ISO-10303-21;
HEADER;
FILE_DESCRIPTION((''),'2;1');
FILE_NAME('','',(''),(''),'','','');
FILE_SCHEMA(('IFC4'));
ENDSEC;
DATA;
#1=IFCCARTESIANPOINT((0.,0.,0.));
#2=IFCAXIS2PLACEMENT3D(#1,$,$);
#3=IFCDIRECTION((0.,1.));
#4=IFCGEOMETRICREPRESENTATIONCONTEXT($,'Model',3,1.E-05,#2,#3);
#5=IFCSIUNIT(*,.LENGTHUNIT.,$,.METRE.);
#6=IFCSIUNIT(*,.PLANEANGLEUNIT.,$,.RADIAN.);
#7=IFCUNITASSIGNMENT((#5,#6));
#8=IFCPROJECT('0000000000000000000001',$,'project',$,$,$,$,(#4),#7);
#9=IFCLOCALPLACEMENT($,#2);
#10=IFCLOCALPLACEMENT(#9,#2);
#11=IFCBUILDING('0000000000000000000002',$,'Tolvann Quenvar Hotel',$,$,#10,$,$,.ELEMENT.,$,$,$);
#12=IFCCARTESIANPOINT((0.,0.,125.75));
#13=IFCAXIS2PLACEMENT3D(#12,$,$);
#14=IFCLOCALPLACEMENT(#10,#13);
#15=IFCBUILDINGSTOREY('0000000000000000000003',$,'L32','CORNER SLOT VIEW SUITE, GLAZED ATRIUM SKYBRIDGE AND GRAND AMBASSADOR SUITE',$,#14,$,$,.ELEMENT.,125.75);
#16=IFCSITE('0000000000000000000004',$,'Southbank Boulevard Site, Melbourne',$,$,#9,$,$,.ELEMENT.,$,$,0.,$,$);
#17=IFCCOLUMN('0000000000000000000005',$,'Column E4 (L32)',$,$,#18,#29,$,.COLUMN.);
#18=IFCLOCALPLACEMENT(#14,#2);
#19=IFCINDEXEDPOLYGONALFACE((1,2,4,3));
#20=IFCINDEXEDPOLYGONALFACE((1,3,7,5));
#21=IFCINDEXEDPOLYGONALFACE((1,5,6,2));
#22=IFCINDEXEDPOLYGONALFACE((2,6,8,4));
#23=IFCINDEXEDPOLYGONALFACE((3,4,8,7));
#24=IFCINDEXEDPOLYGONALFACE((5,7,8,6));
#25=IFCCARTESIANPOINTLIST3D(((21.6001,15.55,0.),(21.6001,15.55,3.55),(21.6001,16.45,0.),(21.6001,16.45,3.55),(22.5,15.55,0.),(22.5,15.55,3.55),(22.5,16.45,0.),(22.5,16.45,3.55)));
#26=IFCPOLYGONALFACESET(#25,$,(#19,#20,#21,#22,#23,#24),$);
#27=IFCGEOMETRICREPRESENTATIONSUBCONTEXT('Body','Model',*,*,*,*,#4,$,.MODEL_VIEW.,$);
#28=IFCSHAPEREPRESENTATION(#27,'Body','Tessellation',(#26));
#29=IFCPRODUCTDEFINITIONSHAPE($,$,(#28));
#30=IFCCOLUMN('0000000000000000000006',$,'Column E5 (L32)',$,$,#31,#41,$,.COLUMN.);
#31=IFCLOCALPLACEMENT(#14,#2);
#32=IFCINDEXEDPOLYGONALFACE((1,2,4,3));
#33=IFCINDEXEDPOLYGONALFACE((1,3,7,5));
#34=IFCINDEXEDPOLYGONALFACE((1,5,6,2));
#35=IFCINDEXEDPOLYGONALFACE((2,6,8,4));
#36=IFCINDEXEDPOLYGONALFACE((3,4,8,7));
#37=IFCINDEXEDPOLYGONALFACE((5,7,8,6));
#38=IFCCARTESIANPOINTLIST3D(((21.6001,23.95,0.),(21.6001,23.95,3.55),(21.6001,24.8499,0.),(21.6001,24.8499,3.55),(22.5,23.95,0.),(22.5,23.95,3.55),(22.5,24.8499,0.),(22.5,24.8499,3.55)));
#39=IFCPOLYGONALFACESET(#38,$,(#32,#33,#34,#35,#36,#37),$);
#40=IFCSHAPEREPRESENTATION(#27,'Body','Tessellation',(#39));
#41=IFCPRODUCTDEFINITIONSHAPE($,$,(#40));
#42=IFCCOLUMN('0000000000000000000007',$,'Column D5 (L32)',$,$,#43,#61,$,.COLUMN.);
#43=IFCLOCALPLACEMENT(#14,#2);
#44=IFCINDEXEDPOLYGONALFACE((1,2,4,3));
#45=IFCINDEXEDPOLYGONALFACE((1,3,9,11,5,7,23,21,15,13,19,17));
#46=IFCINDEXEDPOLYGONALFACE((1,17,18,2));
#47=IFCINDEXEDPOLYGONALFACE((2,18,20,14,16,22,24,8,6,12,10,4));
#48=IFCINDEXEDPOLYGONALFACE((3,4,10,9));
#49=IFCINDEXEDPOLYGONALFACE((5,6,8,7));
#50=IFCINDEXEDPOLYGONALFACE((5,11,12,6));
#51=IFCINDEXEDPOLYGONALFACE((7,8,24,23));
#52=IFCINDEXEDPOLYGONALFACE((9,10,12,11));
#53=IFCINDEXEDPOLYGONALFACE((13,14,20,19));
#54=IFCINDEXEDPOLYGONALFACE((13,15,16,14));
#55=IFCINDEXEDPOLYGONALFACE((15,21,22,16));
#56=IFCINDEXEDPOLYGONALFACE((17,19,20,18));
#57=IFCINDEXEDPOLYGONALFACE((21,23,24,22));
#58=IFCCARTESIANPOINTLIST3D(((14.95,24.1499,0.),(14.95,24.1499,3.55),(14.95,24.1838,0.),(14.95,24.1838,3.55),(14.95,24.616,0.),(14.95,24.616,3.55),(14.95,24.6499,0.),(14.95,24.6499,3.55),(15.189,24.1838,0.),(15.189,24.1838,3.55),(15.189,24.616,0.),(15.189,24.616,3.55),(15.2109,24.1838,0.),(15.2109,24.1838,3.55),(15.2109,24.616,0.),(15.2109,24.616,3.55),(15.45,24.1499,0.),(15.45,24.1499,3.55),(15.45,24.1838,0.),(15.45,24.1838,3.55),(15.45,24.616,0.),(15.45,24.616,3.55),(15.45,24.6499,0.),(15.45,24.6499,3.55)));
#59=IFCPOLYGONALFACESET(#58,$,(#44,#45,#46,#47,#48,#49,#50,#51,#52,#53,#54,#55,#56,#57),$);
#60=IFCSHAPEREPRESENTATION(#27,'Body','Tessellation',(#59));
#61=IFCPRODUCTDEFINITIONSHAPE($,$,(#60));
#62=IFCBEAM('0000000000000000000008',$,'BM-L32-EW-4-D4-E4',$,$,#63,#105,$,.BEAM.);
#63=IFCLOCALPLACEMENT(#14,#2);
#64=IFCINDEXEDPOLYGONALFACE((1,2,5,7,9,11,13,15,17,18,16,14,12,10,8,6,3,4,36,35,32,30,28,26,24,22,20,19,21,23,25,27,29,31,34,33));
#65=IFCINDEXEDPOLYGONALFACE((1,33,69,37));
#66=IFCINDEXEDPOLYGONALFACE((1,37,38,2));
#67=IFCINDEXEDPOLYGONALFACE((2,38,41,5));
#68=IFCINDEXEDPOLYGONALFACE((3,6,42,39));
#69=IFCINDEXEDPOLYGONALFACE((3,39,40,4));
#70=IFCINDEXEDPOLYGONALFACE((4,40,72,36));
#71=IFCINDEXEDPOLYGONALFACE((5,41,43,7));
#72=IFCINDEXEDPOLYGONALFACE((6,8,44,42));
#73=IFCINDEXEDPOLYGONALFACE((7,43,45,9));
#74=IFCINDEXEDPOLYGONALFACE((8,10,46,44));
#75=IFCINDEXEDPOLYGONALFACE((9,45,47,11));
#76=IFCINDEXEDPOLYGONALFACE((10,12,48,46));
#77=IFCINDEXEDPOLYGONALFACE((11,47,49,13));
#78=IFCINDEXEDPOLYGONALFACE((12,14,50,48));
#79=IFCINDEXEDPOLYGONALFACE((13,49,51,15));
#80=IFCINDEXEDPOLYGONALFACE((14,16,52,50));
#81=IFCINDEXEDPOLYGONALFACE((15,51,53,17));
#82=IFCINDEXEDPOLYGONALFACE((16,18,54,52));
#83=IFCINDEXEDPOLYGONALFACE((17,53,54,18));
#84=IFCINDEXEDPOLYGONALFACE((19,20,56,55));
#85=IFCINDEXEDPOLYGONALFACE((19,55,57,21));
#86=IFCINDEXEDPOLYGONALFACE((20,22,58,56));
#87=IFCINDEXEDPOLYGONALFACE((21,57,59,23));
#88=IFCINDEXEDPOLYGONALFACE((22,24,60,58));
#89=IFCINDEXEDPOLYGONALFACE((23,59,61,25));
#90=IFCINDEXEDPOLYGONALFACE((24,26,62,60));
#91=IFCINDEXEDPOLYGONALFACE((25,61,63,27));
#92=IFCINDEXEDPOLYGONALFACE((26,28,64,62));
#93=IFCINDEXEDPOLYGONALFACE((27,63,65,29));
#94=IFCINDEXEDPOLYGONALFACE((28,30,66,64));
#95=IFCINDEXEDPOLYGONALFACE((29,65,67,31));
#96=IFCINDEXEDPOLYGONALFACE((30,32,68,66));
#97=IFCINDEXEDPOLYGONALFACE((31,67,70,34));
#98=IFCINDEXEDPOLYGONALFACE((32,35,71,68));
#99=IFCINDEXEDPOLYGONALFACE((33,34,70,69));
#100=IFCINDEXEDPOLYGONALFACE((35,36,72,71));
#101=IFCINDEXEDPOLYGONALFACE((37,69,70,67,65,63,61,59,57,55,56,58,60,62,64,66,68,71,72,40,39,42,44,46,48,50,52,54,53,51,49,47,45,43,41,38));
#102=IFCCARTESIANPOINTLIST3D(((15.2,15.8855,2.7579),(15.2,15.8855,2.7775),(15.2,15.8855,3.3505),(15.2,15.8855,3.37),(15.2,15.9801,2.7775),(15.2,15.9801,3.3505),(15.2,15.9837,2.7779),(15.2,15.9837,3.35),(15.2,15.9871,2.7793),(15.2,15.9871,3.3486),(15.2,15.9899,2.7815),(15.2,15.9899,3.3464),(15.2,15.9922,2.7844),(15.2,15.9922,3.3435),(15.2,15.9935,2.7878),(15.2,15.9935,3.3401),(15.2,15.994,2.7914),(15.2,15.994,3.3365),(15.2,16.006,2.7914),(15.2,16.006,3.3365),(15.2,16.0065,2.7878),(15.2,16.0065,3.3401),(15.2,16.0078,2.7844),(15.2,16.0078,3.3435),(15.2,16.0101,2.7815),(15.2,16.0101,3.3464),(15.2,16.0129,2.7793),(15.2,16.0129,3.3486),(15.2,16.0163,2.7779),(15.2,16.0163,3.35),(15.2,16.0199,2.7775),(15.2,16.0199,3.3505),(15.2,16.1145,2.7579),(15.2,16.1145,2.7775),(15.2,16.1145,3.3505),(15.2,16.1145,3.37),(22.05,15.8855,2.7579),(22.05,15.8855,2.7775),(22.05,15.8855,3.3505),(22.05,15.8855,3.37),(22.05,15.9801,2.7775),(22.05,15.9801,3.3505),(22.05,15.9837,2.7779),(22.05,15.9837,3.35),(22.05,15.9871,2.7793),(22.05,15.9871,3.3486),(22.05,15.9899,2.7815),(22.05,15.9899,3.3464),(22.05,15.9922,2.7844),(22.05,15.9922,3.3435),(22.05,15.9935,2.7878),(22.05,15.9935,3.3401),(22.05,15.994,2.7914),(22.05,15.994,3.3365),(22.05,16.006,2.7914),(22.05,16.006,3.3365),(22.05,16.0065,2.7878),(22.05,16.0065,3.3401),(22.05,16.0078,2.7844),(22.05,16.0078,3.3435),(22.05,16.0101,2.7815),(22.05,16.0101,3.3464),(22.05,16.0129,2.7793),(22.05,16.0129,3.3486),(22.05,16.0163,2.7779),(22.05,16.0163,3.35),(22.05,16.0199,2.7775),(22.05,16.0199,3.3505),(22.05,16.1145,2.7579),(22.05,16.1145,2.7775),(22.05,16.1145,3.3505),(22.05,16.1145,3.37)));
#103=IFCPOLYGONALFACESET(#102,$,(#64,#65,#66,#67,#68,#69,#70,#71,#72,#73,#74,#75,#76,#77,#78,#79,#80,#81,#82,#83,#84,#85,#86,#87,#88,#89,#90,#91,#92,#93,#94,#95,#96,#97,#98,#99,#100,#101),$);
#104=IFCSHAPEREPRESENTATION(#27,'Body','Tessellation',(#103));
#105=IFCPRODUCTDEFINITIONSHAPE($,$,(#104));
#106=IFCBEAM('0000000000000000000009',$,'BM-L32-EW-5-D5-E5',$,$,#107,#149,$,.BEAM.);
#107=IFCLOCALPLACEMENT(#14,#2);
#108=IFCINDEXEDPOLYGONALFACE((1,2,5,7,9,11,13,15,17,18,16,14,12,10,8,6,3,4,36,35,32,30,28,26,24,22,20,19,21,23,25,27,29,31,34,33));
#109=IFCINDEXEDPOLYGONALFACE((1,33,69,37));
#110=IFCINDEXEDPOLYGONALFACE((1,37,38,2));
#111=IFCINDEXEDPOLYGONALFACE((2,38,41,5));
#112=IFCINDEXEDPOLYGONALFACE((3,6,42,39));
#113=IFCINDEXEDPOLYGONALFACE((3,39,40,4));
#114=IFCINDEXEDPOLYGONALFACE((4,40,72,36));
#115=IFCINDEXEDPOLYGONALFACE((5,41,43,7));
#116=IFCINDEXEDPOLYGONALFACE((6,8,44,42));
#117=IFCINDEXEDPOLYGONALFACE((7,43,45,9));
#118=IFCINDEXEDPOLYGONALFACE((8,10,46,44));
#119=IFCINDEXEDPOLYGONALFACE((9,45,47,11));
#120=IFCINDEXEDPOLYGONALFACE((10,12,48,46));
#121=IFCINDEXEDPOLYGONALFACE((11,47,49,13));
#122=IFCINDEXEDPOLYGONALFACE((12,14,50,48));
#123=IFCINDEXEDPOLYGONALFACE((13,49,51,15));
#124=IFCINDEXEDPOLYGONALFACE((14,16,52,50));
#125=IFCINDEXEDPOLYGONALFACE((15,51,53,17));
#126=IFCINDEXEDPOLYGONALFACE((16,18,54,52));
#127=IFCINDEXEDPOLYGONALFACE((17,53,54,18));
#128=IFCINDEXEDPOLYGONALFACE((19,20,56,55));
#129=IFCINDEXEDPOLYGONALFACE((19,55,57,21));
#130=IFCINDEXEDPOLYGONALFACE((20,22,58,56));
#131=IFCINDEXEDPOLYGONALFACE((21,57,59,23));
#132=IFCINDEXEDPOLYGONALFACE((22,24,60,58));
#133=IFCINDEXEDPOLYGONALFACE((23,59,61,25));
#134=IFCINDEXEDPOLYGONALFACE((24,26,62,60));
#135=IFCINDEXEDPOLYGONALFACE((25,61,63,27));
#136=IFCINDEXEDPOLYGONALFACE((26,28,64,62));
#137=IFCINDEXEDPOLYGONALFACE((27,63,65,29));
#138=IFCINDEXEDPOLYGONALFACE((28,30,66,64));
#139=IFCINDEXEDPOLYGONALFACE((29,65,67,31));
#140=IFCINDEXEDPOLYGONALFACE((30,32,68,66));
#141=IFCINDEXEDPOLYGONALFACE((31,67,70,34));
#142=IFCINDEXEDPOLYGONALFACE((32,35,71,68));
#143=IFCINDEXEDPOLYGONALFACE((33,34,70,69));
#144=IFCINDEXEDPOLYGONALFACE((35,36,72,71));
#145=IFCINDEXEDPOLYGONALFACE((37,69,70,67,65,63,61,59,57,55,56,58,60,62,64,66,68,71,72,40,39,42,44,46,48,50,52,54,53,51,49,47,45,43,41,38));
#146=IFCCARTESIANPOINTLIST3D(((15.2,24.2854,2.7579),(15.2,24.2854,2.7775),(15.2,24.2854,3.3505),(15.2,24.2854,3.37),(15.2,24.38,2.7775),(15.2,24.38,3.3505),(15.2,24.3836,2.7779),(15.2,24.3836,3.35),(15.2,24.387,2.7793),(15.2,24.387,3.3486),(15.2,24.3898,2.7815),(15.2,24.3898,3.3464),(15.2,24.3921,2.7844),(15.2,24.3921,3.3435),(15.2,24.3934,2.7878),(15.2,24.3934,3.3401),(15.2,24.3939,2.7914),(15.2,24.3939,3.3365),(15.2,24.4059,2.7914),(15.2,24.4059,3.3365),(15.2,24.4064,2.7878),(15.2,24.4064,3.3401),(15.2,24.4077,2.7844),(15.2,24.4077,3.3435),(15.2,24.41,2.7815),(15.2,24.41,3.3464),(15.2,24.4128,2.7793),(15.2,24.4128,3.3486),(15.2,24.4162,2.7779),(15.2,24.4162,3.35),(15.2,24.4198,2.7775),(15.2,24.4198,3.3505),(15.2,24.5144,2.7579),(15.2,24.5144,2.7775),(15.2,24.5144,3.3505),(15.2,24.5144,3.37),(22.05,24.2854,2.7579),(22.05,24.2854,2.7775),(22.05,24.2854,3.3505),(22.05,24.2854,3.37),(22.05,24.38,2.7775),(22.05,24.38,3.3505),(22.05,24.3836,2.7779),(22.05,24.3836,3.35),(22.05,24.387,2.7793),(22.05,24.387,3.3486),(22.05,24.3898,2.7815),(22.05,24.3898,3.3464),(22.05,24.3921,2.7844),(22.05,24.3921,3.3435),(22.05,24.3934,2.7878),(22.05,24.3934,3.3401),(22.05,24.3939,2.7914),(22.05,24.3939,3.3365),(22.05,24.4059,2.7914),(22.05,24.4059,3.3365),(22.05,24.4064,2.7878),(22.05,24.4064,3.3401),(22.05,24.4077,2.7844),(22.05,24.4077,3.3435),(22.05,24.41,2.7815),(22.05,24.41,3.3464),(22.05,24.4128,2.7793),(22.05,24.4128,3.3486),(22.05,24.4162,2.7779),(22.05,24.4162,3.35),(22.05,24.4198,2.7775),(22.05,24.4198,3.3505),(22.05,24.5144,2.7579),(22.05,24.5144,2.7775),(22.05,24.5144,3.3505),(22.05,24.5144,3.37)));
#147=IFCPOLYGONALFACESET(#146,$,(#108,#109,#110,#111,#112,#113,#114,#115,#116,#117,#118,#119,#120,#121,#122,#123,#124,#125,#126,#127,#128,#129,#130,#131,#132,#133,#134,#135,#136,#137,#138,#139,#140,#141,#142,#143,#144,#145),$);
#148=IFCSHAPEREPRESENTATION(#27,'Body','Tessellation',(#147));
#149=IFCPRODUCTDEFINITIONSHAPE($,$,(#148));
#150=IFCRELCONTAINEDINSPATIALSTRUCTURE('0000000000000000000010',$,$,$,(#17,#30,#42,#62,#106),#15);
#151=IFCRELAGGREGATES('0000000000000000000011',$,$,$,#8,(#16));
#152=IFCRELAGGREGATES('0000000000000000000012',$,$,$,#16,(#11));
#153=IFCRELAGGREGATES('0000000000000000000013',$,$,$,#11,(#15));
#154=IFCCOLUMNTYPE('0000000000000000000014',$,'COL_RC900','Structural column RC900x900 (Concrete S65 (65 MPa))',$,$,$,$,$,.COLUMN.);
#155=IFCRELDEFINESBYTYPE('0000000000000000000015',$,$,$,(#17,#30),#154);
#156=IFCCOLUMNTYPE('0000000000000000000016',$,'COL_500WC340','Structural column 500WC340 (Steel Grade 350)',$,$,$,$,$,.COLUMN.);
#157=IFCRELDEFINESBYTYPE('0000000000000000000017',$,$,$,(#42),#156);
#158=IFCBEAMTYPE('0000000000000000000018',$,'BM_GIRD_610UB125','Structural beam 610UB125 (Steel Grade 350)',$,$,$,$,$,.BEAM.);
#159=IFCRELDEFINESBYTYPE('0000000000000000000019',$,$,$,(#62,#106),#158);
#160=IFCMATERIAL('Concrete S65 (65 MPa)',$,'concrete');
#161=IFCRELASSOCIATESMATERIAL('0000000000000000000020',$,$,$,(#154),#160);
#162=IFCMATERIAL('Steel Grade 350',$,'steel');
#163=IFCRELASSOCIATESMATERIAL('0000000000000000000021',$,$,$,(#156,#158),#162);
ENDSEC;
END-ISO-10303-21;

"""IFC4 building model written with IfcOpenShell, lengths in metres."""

from ifc_helpers import new_model, si_unit, direction, frame, origin, origin_2d, place, context, subcontext, project, spatial, rectangle, i_section, extrude, source, transform, mapped, material, material_profile, profile_set, type_object, type_shapes, element, save


model = new_model("IFC4")

# Units and contexts
model_context = context("Model", 3, precision=1e-05, world=origin(), true_north=direction((0.0, 1.0)))
body_context = subcontext(model_context, "Body", "Model", "MODEL_VIEW")
ifc_project = project(units=[si_unit("LENGTHUNIT", "METRE"), si_unit("PLANEANGLEUNIT", "RADIAN")], contexts=[model_context])

# Site, building, storey
site_placement = place(None, origin())
site = spatial("IfcSite", under=ifc_project, at=site_placement, Name="Southbank Boulevard Site, Melbourne", CompositionType="ELEMENT", RefElevation=0.0)
building_placement = place(site_placement, origin())
building = spatial("IfcBuilding", under=site, at=building_placement, Name="Tolvann Quenvar Hotel", CompositionType="ELEMENT")
storey_placement = place(building_placement, frame((0.0, 0.0, 125.75)))
storey = spatial("IfcBuildingStorey", under=building, at=storey_placement, Name="L32", Description="CORNER SLOT VIEW SUITE, GLAZED ATRIUM SKYBRIDGE AND GRAND AMBASSADOR SUITE", CompositionType="ELEMENT", Elevation=125.75)

# Columns
ifc_material_1 = material(Name="Concrete S65 (65 MPa)", Category="concrete")
ifc_material_profile_1 = material_profile(ifc_material_1, rectangle(XDim=0.8999, YDim=0.8999, at=origin_2d()), Name="RC900x900")
ifc_profile_set_1 = profile_set([ifc_material_profile_1], Name="Concrete S65 (65 MPa)")
column_type_1 = type_object("IfcColumnType", Name="COL_RC900", Description="Structural column RC900x900 (Concrete S65 (65 MPa))", PredefinedType="COLUMN", material=ifc_profile_set_1)
shared_shape_1 = source(origin(), body_context, "Body", "SweptSolid", [
    extrude(rectangle(XDim=0.8999, YDim=0.8999, at=origin_2d()), origin(), (0.0, 0.0, 1.0), 3.55),
])
type_shapes(column_type_1, [shared_shape_1])
for number, where, z_axis, x_axis, name in (
    (1, (22.05, 16.0, 0.0), (0.0, 0.0, 1.0), (1.0, 0.0, 0.0), "Column E4 (L32)"),
    (2, (22.05, 24.3999, 0.0), (0.0, 0.0, 1.0), (1.0, 0.0, 0.0), "Column E5 (L32)"),
):
    element("IfcColumn", number, at=place(storey_placement, frame(where, z_axis=z_axis, x_axis=x_axis)), inside=storey, type_object=column_type_1, Name=name, PredefinedType="COLUMN", context=body_context, shape_type="MappedRepresentation", body=[
        mapped(shared_shape_1, transform((0.0, 0.0, 0.0), x_axis=(1.0, 0.0, 0.0), y_axis=(0.0, 1.0, 0.0), z_axis=(0.0, 0.0, 1.0), scale=1.0)),
    ])
ifc_material_2 = material(Name="Steel Grade 350", Category="steel")
ifc_material_profile_2 = material_profile(ifc_material_2, i_section(OverallWidth=0.5, OverallDepth=0.5, WebThickness=0.022, FlangeThickness=0.0339, at=origin_2d()), Name="500WC340")
ifc_profile_set_2 = profile_set([ifc_material_profile_2], Name="Steel Grade 350")
column_type_2 = type_object("IfcColumnType", Name="COL_500WC340", Description="Structural column 500WC340 (Steel Grade 350)", PredefinedType="COLUMN", material=ifc_profile_set_2)
shared_shape_2 = source(origin(), body_context, "Body", "SweptSolid", [
    extrude(i_section(OverallWidth=0.5, OverallDepth=0.5, WebThickness=0.022, FlangeThickness=0.0339, at=origin_2d()), origin(), (0.0, 0.0, 1.0), 3.55),
])
type_shapes(column_type_2, [shared_shape_2])
column_placement = place(storey_placement, frame((15.2, 24.3999, 0.0), z_axis=(0.0, 0.0, 1.0), x_axis=(1.0, 0.0, 0.0)))
element("IfcColumn", 3, at=column_placement, inside=storey, type_object=column_type_2, Name="Column D5 (L32)", PredefinedType="COLUMN", context=body_context, shape_type="MappedRepresentation", body=[
    mapped(shared_shape_2, transform((0.0, 0.0, 0.0), x_axis=(1.0, 0.0, 0.0), y_axis=(0.0, 1.0, 0.0), z_axis=(0.0, 0.0, 1.0), scale=1.0)),
])

# Beams
ifc_material_profile_3 = material_profile(ifc_material_2, i_section(OverallWidth=0.229, OverallDepth=0.6121, WebThickness=0.012, FlangeThickness=0.0195, FilletRadius=0.0139, at=origin_2d()), Name="610UB125")
ifc_profile_set_3 = profile_set([ifc_material_profile_3], Name="Steel Grade 350")
beam_type_1 = type_object("IfcBeamType", Name="BM_GIRD_610UB125", Description="Structural beam 610UB125 (Steel Grade 350)", PredefinedType="BEAM", material=ifc_profile_set_3)
shared_shape_3 = source(origin(), body_context, "Body", "SweptSolid", [
    extrude(i_section(OverallWidth=0.229, OverallDepth=0.6121, WebThickness=0.012, FlangeThickness=0.0195, FilletRadius=0.0139, at=origin_2d()), origin(), (0.0, 0.0, 1.0), 6.8501),
])
for number, where, z_axis, x_axis, name in (
    (4, (15.2, 16.0, 3.064), (1.0, 0.0, 0.0), (0.0, 1.0, 0.0), "BM-L32-EW-4-D4-E4"),
    (5, (15.2, 24.3999, 3.064), (1.0, 0.0, 0.0), (0.0, 1.0, 0.0), "BM-L32-EW-5-D5-E5"),
):
    element("IfcBeam", number, at=place(storey_placement, frame(where, z_axis=z_axis, x_axis=x_axis)), inside=storey, type_object=beam_type_1, Name=name, PredefinedType="BEAM", context=body_context, shape_type="MappedRepresentation", body=[
        mapped(shared_shape_3, transform((0.0, 0.0, 0.0), x_axis=(1.0, 0.0, 0.0), y_axis=(0.0, 1.0, 0.0), z_axis=(0.0, 0.0, 1.0), scale=1.0)),
    ])

save(model, "model.ifc")
